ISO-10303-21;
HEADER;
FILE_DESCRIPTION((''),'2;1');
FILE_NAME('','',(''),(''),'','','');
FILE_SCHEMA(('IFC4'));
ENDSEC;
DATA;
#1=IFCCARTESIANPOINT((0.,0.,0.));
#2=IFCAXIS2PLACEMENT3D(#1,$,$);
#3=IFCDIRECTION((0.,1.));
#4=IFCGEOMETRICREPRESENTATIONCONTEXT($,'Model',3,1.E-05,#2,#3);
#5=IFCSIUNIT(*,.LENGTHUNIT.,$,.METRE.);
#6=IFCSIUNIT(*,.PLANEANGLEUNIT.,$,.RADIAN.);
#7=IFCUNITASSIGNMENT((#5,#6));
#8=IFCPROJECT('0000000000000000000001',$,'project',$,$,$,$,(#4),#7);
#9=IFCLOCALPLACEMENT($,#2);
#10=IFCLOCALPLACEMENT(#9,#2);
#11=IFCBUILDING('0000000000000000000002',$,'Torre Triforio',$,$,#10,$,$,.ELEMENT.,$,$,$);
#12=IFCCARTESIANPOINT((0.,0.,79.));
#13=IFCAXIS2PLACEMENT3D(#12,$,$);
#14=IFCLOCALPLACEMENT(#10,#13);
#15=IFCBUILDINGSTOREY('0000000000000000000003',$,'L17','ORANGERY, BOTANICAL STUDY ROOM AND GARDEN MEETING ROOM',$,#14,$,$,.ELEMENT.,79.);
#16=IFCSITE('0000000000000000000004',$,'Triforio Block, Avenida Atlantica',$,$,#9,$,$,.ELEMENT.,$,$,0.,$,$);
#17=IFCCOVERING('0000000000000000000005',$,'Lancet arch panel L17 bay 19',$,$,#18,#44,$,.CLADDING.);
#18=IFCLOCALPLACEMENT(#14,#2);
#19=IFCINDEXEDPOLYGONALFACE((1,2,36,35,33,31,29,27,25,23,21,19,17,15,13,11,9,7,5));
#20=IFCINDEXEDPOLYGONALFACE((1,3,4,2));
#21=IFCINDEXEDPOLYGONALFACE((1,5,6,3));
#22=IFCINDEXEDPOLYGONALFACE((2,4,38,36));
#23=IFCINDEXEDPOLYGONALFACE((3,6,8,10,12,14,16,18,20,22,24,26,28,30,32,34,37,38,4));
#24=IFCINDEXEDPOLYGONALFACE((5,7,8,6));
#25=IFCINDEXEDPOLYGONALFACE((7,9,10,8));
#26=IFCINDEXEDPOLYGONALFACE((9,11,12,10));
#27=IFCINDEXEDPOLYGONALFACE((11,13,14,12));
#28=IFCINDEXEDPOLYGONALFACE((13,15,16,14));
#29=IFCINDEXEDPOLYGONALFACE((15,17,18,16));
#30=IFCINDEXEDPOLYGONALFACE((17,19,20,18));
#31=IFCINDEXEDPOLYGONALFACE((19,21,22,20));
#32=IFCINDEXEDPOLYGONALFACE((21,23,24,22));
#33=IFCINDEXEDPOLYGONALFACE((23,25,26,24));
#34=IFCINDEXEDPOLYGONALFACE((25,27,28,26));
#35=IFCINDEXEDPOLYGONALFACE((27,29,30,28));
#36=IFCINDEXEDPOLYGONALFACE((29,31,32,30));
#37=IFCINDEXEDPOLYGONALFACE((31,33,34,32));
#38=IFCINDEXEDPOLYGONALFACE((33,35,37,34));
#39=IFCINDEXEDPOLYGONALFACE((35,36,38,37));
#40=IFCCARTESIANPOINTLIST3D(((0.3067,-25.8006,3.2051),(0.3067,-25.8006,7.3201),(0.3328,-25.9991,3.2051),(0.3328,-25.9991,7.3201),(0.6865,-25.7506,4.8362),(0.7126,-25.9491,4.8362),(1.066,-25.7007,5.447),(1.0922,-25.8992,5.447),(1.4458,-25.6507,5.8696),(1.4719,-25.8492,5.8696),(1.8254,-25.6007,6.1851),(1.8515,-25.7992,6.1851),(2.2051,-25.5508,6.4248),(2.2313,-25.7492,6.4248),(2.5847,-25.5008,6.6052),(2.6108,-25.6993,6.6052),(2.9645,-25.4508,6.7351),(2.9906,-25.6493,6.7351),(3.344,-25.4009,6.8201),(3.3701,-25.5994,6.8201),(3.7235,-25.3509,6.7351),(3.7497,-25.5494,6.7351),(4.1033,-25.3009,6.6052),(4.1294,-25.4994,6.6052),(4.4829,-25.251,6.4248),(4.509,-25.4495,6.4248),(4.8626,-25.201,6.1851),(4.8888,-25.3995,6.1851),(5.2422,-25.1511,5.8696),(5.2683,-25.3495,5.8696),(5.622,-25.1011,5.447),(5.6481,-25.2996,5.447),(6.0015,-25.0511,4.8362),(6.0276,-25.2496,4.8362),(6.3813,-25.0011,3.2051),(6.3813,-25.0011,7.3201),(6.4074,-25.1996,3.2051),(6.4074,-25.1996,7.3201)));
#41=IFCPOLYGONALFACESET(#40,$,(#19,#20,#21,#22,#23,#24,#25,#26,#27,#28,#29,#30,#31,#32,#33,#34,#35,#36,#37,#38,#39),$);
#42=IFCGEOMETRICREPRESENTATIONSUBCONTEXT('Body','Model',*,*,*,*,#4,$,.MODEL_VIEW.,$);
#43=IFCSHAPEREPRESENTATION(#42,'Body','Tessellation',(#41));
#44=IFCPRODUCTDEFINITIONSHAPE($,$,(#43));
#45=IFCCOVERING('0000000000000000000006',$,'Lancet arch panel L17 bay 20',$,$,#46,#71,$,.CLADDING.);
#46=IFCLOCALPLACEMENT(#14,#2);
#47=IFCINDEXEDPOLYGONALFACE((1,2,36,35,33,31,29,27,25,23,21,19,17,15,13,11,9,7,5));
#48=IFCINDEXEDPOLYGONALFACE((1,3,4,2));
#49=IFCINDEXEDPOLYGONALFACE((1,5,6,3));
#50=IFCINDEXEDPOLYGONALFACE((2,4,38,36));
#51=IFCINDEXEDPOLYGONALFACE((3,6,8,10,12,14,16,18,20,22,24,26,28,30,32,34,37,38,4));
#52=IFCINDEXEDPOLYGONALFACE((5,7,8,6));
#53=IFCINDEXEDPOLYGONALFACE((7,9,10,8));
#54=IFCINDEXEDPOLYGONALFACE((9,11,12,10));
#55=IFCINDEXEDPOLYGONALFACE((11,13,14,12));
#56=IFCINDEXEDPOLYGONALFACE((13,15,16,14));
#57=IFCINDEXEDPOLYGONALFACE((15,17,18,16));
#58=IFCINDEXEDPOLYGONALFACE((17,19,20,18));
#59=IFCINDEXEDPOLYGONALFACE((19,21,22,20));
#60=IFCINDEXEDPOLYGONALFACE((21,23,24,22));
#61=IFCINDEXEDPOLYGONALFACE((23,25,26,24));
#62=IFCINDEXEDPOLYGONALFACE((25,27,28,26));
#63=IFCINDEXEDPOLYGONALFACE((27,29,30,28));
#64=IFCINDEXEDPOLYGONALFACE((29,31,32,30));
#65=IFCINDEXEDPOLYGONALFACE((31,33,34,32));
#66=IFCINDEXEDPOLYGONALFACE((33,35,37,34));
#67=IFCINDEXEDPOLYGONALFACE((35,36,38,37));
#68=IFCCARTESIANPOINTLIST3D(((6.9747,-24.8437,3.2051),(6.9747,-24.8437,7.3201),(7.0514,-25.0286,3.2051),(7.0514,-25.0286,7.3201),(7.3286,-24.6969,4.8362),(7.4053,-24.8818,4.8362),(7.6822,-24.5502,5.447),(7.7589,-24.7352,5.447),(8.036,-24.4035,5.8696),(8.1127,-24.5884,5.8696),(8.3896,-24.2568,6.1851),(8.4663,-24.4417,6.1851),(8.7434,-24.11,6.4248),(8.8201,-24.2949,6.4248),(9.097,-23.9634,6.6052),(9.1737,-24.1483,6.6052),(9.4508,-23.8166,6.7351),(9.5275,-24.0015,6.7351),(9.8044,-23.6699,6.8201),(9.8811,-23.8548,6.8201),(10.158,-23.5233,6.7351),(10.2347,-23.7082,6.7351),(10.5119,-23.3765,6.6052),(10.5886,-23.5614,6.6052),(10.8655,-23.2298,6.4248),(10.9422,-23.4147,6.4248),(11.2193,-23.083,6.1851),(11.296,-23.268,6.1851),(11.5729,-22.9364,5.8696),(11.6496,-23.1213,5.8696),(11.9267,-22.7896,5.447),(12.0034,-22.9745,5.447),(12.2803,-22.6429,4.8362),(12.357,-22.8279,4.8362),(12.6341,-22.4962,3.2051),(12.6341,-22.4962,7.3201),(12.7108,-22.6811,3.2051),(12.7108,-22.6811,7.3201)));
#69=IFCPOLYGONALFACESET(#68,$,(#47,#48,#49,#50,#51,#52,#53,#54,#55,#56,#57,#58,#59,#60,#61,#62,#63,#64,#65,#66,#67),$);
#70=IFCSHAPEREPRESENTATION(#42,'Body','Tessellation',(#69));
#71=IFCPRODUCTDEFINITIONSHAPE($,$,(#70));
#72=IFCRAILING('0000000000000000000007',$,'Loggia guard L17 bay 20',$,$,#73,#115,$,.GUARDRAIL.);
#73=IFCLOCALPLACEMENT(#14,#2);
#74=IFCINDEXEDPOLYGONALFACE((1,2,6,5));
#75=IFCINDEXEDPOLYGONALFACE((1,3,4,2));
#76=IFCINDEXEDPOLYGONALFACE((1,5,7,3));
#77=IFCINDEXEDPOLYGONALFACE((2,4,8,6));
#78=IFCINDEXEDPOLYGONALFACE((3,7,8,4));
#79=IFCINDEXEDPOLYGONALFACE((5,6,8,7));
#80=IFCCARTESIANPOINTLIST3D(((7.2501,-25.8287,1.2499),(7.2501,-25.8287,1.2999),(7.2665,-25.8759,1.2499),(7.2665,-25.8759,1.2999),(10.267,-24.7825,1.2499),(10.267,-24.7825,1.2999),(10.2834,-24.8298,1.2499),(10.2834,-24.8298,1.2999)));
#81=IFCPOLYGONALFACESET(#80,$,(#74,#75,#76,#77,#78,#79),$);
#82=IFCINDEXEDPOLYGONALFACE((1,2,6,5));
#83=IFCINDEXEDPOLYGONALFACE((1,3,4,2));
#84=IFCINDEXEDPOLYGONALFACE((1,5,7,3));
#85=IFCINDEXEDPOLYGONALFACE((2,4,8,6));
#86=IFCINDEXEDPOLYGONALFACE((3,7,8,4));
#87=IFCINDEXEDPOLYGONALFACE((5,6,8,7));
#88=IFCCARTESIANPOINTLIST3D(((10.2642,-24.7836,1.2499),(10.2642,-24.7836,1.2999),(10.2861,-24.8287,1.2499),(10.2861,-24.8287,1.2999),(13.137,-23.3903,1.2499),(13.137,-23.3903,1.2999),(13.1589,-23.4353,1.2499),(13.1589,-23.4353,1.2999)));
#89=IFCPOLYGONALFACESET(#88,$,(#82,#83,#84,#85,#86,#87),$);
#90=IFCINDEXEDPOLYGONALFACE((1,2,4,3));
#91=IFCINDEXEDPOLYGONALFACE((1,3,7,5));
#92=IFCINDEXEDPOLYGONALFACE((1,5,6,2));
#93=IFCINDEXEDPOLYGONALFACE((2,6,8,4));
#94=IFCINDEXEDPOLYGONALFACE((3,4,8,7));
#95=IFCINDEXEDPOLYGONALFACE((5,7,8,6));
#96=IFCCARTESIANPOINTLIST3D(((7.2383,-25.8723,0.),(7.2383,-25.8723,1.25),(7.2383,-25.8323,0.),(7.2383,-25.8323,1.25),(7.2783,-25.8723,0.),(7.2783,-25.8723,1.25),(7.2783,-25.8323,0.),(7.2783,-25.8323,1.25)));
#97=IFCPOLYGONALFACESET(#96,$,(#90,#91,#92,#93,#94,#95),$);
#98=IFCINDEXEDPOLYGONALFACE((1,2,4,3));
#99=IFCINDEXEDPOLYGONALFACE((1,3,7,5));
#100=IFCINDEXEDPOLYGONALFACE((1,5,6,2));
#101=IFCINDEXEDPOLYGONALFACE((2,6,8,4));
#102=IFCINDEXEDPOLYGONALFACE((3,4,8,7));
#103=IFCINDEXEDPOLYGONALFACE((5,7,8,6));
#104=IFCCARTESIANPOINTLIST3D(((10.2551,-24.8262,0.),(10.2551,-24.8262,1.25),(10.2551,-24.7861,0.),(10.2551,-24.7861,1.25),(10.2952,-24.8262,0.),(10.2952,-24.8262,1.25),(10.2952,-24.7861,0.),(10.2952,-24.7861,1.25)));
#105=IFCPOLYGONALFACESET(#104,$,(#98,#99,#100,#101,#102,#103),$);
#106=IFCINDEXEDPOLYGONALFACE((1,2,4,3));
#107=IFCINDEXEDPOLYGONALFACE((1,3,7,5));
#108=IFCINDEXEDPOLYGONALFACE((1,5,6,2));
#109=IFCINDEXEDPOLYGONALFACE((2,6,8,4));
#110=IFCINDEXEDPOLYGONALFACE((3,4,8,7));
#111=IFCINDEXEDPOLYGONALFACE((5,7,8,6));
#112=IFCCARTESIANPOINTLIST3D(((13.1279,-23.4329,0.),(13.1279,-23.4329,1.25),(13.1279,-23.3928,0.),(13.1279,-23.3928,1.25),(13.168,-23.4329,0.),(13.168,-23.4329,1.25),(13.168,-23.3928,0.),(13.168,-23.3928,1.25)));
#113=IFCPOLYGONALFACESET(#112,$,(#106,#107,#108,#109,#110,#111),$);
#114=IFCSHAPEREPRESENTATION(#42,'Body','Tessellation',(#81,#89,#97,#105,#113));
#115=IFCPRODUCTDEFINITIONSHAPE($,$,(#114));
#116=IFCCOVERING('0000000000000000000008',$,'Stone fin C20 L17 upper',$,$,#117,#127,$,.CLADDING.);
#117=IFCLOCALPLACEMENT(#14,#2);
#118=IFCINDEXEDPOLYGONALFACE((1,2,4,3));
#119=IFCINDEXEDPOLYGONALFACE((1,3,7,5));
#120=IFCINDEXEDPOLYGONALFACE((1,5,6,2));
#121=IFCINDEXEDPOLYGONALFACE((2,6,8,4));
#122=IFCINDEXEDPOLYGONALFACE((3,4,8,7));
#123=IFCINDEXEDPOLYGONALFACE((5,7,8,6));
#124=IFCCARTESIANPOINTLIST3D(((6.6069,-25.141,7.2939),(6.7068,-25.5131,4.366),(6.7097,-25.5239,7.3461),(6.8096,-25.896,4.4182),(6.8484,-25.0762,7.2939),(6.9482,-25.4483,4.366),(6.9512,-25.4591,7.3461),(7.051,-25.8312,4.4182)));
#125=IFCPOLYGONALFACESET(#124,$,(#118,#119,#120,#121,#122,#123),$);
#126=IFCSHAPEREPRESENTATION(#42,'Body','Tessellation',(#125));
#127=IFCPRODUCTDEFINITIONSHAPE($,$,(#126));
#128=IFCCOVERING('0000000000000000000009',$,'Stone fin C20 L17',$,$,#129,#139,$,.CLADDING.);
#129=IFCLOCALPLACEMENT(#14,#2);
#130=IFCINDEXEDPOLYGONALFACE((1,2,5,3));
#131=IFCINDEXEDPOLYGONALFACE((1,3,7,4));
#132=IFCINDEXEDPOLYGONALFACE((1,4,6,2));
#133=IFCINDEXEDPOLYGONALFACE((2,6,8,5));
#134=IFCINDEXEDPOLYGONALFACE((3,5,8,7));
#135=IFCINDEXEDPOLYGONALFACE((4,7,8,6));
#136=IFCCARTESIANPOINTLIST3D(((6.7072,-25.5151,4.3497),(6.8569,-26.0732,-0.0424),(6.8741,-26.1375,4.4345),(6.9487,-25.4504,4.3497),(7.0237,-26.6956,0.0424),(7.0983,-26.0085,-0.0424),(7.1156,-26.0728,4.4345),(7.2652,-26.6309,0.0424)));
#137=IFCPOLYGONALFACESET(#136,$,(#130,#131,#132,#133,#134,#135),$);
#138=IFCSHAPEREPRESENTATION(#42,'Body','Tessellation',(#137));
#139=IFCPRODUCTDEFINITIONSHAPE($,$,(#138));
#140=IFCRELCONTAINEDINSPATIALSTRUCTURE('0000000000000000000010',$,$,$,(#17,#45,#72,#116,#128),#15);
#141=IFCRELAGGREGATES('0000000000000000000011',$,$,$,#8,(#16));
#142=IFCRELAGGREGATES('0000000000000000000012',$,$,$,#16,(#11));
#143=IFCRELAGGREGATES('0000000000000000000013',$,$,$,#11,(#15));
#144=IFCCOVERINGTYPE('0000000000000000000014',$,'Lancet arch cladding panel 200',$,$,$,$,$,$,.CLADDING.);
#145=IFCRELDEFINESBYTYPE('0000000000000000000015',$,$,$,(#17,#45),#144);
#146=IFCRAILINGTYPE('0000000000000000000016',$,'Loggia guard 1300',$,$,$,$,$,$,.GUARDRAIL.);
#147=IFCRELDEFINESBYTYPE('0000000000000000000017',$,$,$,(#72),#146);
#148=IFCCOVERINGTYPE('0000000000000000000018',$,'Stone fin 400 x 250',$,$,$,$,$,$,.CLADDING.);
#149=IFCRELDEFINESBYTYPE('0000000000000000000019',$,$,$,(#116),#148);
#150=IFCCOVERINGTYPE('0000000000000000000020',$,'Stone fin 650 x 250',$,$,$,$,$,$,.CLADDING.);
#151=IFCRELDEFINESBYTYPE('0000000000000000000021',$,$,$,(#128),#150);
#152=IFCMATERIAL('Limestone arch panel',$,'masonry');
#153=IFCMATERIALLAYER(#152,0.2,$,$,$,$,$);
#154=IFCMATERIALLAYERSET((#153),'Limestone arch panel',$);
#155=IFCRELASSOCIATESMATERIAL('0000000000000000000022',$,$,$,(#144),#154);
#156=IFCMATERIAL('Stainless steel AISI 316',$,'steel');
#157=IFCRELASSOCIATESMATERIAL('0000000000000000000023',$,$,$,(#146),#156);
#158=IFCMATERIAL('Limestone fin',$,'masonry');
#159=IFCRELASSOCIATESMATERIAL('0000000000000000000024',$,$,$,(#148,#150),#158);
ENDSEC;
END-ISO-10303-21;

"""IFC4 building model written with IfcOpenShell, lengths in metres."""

from ifc_helpers import new_model, si_unit, direction, frame, origin, origin_2d, place, context, subcontext, project, spatial, polyline, rectangle, outline, extrude, material, layer, layer_set, material_profile, profile_set, type_object, element, save


model = new_model("IFC4")

# Units and contexts
model_context = context("Model", 3, precision=1e-05, world=origin(), true_north=direction((0.0, 1.0)))
body_context = subcontext(model_context, "Body", "Model", "MODEL_VIEW")
ifc_project = project(units=[si_unit("LENGTHUNIT", "METRE"), si_unit("PLANEANGLEUNIT", "RADIAN")], contexts=[model_context])

# Site, building, storey
site_placement = place(None, origin())
site = spatial("IfcSite", under=ifc_project, at=site_placement, Name="Triforio Block, Avenida Atlantica", CompositionType="ELEMENT", RefElevation=0.0)
building_placement = place(site_placement, origin())
building = spatial("IfcBuilding", under=site, at=building_placement, Name="Torre Triforio", CompositionType="ELEMENT")
storey_placement = place(building_placement, frame((0.0, 0.0, 79.0)))
storey = spatial("IfcBuildingStorey", under=building, at=storey_placement, Name="L17", Description="ORANGERY, BOTANICAL STUDY ROOM AND GARDEN MEETING ROOM", CompositionType="ELEMENT", Elevation=79.0)

# Coverings
ifc_material_1 = material(Name="Limestone arch panel", Category="masonry")
ifc_layer_1 = layer(ifc_material_1, 0.2)
ifc_layer_set_1 = layer_set([ifc_layer_1], Name="Limestone arch panel")
covering_type_1 = type_object("IfcCoveringType", Name="Lancet arch cladding panel 200", PredefinedType="CLADDING", material=ifc_layer_set_1)
for number, where, z_axis, x_axis, name in (
    (1, (3.344, -25.4009, 0.0), (0.130486, -0.99145, 0.0), (0.99145, 0.130486, 0.0), "Lancet arch panel L17 bay 19"),
    (2, (9.8044, -23.6699, 0.0), (0.383142, -0.923689, 0.0), (0.923689, 0.383142, 0.0), "Lancet arch panel L17 bay 20"),
):
    element("IfcCovering", number, at=place(storey_placement, frame(where, z_axis=z_axis, x_axis=x_axis)), inside=storey, type_object=covering_type_1, Name=name, PredefinedType="CLADDING", context=body_context, shape_type="SweptSolid", body=[
        extrude(outline(polyline([(-3.0635, 7.3201), (-3.0635, 3.2051), (-2.6804, 4.8362), (-2.2976, 5.447), (-1.9146, 5.8696), (-1.5317, 6.1851), (-1.1487, 6.4248), (-0.7659, 6.6052), (-0.3828, 6.7351), (0.0, 6.8201), (0.3828, 6.7351), (0.7659, 6.6052), (1.1487, 6.4248), (1.5317, 6.1851), (1.9146, 5.8696), (2.2976, 5.447), (2.6804, 4.8362), (3.0635, 3.2051), (3.0635, 7.3201), (-3.0635, 7.3201)])), origin(), (0.0, 0.0, 1.0), 0.2002),
    ])

# Railing
ifc_material_2 = material(Name="Stainless steel AISI 316", Category="steel")
railing_type = type_object("IfcRailingType", Name="Loggia guard 1300", PredefinedType="GUARDRAIL", material=ifc_material_2)
railing_placement = place(storey_placement, frame((7.2583, -25.8523, 0.0)))
element("IfcRailing", 3, at=railing_placement, inside=storey, type_object=railing_type, Name="Loggia guard L17 bay 20", PredefinedType="GUARDRAIL", context=body_context, shape_type="SweptSolid", body=[
    extrude(rectangle(XDim=0.05, YDim=0.05, at=origin_2d()), frame((0.0, 0.0, 1.2749), z_axis=(0.944807, 0.327628, 0.0), x_axis=(-0.327628, 0.944807, 0.0)), (0.0, 0.0, 1.0), 3.1931),
    extrude(rectangle(XDim=0.05, YDim=0.05, at=origin_2d()), frame((3.0168, 1.0461, 1.2749), z_axis=(0.89976, 0.436384, 0.0), x_axis=(-0.436384, 0.89976, 0.0)), (0.0, 0.0, 1.0), 3.1929),
    extrude(rectangle(XDim=0.04, YDim=0.04, at=origin_2d()), origin(), (0.0, 0.0, 1.0), 1.25),
    extrude(rectangle(XDim=0.04, YDim=0.04, at=origin_2d()), frame((3.0168, 1.0461, 0.0)), (0.0, 0.0, 1.0), 1.25),
    extrude(rectangle(XDim=0.04, YDim=0.04, at=origin_2d()), frame((5.8896, 2.4395, 0.0)), (0.0, 0.0, 1.0), 1.25),
])

# Coverings
ifc_material_3 = material(Name="Limestone fin", Category="masonry")
ifc_material_profile_1 = material_profile(ifc_material_3, rectangle(XDim=0.3999, YDim=0.25, at=origin_2d()), Name="FIN 400x250")
ifc_profile_set_1 = profile_set([ifc_material_profile_1], Name="Limestone fin")
covering_type_2 = type_object("IfcCoveringType", Name="Stone fin 400 x 250", PredefinedType="CLADDING", material=ifc_profile_set_1)
covering_1_placement = place(storey_placement, frame((6.8789, -25.6721, 4.3921), z_axis=(-0.033812, 0.125988, 0.991455), x_axis=(0.256986, -0.957571, 0.130447)))
element("IfcCovering", 4, at=covering_1_placement, inside=storey, type_object=covering_type_2, Name="Stone fin C20 L17 upper", PredefinedType="CLADDING", context=body_context, shape_type="SweptSolid", body=[
    extrude(rectangle(XDim=0.3999, YDim=0.25, at=origin_2d()), origin(), (0.0, 0.0, 1.0), 2.9531),
])
ifc_material_profile_2 = material_profile(ifc_material_3, rectangle(XDim=0.6499, YDim=0.25, at=origin_2d()), Name="FIN 650x250")
ifc_profile_set_2 = profile_set([ifc_material_profile_2], Name="Limestone fin")
covering_type_3 = type_object("IfcCoveringType", Name="Stone fin 650 x 250", PredefinedType="CLADDING", material=ifc_profile_set_2)
covering_2_placement = place(storey_placement, frame((7.061, -26.3521, 0.0), z_axis=(-0.033783, 0.125985, 0.991457), x_axis=(0.256791, -0.957625, 0.130436)))
element("IfcCovering", 5, at=covering_2_placement, inside=storey, type_object=covering_type_3, Name="Stone fin C20 L17", PredefinedType="CLADDING", context=body_context, shape_type="SweptSolid", body=[
    extrude(rectangle(XDim=0.6499, YDim=0.25, at=origin_2d()), origin(), (0.0, 0.0, 1.0), 4.4299),
])

save(model, "model.ifc")
